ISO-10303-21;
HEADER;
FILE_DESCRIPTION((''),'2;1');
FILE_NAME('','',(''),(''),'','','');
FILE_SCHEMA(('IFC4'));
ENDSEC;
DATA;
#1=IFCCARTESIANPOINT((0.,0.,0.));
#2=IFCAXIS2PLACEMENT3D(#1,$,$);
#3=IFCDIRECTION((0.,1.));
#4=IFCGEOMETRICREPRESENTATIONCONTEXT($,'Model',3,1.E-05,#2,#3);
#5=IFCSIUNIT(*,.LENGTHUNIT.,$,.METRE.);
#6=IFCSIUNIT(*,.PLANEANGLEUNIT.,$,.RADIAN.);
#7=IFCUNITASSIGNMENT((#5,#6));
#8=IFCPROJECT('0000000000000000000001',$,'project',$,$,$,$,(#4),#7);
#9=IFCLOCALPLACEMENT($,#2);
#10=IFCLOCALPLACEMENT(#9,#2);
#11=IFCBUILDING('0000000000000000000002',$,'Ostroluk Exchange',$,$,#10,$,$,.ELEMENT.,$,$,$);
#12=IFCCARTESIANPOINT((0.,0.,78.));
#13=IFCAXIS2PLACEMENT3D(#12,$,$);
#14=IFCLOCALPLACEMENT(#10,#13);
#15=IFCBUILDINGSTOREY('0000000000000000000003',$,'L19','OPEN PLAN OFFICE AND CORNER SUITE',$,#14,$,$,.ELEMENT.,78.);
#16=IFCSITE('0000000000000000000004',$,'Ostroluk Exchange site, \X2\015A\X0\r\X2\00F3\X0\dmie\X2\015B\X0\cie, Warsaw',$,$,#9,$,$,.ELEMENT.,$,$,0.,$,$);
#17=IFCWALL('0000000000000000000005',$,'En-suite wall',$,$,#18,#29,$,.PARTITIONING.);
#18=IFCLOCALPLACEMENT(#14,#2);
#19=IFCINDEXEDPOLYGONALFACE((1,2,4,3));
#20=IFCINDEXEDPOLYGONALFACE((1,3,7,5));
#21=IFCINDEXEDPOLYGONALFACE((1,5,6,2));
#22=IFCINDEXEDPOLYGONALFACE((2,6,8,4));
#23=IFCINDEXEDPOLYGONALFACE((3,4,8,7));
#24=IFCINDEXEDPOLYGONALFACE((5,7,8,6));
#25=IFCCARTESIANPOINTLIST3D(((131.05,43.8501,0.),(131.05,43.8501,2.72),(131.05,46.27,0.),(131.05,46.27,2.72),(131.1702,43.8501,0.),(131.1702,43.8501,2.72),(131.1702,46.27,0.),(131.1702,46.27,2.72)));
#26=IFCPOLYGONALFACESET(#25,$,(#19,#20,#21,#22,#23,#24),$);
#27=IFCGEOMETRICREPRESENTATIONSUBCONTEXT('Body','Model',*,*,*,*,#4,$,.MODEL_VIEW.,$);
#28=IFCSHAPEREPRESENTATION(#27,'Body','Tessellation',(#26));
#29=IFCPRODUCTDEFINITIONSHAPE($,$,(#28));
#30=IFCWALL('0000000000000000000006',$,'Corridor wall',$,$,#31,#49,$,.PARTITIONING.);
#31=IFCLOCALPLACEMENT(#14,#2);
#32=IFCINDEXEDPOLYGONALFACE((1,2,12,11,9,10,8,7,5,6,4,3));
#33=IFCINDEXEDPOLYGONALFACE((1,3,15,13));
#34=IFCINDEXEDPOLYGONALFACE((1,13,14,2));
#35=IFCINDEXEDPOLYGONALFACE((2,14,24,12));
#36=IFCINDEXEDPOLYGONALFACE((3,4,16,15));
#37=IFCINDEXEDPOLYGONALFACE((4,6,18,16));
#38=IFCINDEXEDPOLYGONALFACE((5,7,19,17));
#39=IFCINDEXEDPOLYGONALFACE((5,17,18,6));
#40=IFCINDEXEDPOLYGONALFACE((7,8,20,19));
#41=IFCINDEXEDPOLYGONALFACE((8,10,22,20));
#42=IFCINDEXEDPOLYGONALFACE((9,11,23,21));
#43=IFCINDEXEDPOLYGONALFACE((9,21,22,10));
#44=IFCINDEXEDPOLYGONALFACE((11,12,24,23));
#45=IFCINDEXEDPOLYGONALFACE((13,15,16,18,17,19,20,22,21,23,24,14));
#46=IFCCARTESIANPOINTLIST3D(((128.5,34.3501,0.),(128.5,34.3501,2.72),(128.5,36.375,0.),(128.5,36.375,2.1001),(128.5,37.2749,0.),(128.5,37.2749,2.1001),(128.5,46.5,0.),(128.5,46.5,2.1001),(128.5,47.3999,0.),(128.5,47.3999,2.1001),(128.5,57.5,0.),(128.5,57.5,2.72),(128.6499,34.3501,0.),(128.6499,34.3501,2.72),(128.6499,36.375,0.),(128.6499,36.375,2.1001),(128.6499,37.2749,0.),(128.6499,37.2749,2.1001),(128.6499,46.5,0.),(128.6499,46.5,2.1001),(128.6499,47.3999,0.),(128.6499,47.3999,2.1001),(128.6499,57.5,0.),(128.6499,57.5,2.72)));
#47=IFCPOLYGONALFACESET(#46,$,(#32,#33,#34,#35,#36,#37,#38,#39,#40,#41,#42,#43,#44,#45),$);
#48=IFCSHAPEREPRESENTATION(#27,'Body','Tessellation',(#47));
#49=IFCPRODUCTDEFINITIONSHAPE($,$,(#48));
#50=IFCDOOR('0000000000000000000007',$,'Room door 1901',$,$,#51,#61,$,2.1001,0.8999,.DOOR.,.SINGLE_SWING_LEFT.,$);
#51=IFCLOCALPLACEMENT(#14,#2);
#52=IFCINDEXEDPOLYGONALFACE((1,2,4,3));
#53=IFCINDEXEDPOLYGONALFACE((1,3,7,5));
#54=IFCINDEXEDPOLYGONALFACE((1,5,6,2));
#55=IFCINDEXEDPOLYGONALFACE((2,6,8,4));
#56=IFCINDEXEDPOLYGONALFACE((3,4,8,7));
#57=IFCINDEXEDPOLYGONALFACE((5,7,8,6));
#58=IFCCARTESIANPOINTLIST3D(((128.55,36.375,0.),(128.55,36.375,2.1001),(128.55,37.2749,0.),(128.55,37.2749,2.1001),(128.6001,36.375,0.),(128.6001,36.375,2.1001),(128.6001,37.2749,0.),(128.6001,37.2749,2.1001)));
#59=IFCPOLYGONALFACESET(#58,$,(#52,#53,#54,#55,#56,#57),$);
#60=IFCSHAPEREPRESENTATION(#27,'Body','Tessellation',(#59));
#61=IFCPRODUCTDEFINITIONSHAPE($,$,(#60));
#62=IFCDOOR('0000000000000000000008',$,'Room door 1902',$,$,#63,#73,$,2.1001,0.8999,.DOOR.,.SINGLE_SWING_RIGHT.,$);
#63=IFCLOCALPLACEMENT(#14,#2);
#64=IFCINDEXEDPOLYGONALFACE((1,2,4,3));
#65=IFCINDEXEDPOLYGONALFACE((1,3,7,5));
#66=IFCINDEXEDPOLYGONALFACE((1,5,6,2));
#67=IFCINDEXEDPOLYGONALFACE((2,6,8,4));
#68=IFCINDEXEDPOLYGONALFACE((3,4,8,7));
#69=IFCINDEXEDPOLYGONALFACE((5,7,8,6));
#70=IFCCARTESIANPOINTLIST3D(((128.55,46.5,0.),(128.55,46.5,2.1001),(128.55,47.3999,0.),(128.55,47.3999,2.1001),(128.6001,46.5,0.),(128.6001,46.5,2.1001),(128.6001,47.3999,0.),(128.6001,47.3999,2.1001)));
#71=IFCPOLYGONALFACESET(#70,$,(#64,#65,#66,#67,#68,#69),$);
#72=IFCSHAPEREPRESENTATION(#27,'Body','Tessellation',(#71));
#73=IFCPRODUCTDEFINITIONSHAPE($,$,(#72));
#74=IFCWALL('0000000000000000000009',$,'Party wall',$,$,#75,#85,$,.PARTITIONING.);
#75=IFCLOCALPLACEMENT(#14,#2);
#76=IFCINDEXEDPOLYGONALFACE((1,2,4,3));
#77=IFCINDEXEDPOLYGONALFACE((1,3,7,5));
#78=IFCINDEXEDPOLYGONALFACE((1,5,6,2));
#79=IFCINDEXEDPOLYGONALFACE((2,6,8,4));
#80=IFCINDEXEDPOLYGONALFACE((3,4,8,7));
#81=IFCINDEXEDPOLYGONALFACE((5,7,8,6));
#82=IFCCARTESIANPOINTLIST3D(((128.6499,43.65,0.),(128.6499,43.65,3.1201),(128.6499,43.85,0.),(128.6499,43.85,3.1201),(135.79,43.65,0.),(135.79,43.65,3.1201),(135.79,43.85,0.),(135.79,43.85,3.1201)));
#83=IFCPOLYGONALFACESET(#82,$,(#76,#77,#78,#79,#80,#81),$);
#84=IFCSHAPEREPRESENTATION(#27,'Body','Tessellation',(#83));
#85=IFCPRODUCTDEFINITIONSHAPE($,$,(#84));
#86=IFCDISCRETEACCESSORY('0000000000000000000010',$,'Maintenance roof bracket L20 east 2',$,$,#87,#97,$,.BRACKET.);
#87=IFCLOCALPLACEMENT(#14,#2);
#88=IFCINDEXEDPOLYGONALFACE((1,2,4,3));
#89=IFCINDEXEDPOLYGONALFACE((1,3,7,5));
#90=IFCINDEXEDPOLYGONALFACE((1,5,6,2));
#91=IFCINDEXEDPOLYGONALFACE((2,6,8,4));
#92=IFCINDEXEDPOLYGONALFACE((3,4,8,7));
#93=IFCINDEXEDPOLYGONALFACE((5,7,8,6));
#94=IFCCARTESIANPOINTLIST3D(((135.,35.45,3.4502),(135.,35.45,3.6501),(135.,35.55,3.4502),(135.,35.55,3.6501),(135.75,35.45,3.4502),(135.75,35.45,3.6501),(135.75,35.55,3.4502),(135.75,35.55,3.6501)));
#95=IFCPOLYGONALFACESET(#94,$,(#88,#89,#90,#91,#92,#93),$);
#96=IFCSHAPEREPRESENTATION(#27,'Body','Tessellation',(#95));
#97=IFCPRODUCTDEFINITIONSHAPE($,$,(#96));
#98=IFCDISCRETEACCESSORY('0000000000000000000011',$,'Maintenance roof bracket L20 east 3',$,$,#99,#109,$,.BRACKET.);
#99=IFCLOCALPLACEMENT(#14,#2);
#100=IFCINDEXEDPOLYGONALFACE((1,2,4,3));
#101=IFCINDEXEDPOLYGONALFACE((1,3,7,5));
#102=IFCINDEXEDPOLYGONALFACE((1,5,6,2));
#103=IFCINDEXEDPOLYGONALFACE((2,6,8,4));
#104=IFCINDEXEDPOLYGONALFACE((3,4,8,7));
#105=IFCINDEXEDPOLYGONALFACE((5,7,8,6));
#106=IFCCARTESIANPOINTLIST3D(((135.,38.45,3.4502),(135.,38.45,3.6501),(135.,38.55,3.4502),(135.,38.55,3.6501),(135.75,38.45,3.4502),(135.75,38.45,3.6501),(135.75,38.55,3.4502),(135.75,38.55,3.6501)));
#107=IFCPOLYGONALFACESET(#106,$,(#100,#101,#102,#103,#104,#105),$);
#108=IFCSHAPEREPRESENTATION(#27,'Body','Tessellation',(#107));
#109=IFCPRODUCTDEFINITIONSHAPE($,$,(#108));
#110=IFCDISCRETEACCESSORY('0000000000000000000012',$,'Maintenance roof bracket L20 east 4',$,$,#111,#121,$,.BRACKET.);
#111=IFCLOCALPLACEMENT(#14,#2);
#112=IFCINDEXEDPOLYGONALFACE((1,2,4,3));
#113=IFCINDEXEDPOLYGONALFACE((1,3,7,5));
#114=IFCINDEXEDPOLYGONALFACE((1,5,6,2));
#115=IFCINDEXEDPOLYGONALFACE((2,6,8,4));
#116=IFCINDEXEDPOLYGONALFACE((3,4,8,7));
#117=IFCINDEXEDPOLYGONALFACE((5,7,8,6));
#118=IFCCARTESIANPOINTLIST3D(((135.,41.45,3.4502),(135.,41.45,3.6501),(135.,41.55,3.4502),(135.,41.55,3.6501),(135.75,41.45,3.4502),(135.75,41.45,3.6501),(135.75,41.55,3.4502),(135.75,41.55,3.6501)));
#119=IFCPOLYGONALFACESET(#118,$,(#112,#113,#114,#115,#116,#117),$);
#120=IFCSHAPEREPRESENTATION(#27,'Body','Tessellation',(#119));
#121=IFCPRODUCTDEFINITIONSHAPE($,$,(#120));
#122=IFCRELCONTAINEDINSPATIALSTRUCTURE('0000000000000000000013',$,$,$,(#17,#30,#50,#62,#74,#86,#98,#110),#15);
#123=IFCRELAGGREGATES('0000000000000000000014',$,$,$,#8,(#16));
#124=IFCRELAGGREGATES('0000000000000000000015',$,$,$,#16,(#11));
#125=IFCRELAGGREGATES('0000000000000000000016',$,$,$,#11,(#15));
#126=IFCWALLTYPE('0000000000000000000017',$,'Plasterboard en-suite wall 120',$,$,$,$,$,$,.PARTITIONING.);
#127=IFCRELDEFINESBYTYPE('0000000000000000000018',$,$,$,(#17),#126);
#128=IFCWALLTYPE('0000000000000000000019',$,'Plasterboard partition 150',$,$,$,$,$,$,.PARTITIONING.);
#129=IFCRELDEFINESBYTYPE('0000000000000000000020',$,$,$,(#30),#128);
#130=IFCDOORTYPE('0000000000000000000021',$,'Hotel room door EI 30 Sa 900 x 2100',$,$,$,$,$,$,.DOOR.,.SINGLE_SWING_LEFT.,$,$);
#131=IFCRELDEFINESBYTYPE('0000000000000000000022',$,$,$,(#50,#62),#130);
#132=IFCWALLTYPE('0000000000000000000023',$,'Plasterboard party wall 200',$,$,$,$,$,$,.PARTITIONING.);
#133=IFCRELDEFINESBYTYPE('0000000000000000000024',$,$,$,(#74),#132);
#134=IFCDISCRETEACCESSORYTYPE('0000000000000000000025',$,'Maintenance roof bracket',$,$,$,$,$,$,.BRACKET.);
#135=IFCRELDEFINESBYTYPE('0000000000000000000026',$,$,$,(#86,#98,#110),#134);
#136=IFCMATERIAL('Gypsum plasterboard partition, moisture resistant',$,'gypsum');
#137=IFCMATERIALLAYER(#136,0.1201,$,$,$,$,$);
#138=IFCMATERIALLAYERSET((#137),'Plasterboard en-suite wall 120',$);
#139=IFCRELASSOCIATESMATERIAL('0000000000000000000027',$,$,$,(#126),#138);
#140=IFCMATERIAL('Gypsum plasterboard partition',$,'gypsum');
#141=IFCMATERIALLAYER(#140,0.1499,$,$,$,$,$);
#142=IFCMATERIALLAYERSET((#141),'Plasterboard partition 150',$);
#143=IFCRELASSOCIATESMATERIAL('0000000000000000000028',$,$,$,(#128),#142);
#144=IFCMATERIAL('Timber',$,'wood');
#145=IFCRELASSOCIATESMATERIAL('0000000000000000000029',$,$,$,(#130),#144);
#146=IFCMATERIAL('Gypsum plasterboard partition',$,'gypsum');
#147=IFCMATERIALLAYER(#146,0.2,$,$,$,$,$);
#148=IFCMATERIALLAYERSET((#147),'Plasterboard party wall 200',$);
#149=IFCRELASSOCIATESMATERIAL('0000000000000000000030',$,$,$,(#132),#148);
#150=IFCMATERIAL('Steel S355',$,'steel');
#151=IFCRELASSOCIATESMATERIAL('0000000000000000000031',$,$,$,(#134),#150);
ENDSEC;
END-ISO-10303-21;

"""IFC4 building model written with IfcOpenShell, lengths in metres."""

from ifc_helpers import new_model, si_unit, direction, frame, frame_2d, origin, origin_2d, place, context, subcontext, project, spatial, rectangle, extrude, material, layer, layer_set, type_object, element, fill, save


model = new_model("IFC4")

# Units and contexts
model_context = context("Model", 3, precision=1e-05, world=origin(), true_north=direction((0.0, 1.0)))
body_context = subcontext(model_context, "Body", "Model", "MODEL_VIEW")
ifc_project = project(units=[si_unit("LENGTHUNIT", "METRE"), si_unit("PLANEANGLEUNIT", "RADIAN")], contexts=[model_context])

# Site, building, storey
site_placement = place(None, origin())
site = spatial("IfcSite", under=ifc_project, at=site_placement, Name="Ostroluk Exchange site, Śródmieście, Warsaw", CompositionType="ELEMENT", RefElevation=0.0)
building_placement = place(site_placement, origin())
building = spatial("IfcBuilding", under=site, at=building_placement, Name="Ostroluk Exchange", CompositionType="ELEMENT")
storey_placement = place(building_placement, frame((0.0, 0.0, 78.0)))
storey = spatial("IfcBuildingStorey", under=building, at=storey_placement, Name="L19", Description="OPEN PLAN OFFICE AND CORNER SUITE", CompositionType="ELEMENT", Elevation=78.0)

# Shared definitions
ifc_material_1 = material(Name="Gypsum plasterboard partition, moisture resistant", Category="gypsum")
ifc_layer_1 = layer(ifc_material_1, 0.1201)
ifc_layer_set_1 = layer_set([ifc_layer_1], Name="Plasterboard en-suite wall 120")
wall_type_1 = type_object("IfcWallType", Name="Plasterboard en-suite wall 120", PredefinedType="PARTITIONING", material=ifc_layer_set_1)

# Wall
wall_1_placement = place(storey_placement, frame((131.1101, 43.8501, 0.0), z_axis=(0.0, 0.0, 1.0), x_axis=(0.0, 1.0, 0.0)))
element("IfcWall", 1, at=wall_1_placement, inside=storey, type_object=wall_type_1, Name="En-suite wall", PredefinedType="PARTITIONING", context=body_context, shape_type="SweptSolid", body=[
    extrude(rectangle(XDim=2.4199, YDim=0.1201, at=frame_2d((1.21, 0.0))), origin(), (0.0, 0.0, 1.0), 2.72),
])

# Wall, openings, doors
ifc_material_2 = material(Name="Gypsum plasterboard partition", Category="gypsum")
ifc_layer_2 = layer(ifc_material_2, 0.1499)
ifc_layer_set_2 = layer_set([ifc_layer_2], Name="Plasterboard partition 150")
wall_type_2 = type_object("IfcWallType", Name="Plasterboard partition 150", PredefinedType="PARTITIONING", material=ifc_layer_set_2)
wall_2_placement = place(storey_placement, frame((128.575, 34.3501, 0.0), z_axis=(0.0, 0.0, 1.0), x_axis=(0.0, 1.0, 0.0)))
wall_2 = element("IfcWall", 2, at=wall_2_placement, inside=storey, type_object=wall_type_2, Name="Corridor wall", PredefinedType="PARTITIONING", context=body_context, shape_type="SweptSolid", body=[
    extrude(rectangle(XDim=23.1499, YDim=0.1499, at=frame_2d((11.575, 0.0))), origin(), (0.0, 0.0, 1.0), 2.72),
])
opening_1_placement = place(wall_2_placement, frame((2.0249, 0.0, 0.0)))
opening_1 = element("IfcOpeningElement", 3, at=opening_1_placement, cuts=wall_2, PredefinedType="OPENING", context=body_context, shape_type="SweptSolid", body=[
    extrude(rectangle(XDim=0.8999, YDim=2.1001, at=frame_2d((0.45, 1.05))), frame((0.0, 0.085, 0.0), z_axis=(0.0, -1.0, 0.0), x_axis=(1.0, 0.0, 0.0)), (0.0, 0.0, 1.0), 0.1699),
])
opening_2_placement = place(wall_2_placement, frame((12.1499, 0.0, 0.0)))
opening_2 = element("IfcOpeningElement", 4, at=opening_2_placement, cuts=wall_2, PredefinedType="OPENING", context=body_context, shape_type="SweptSolid", body=[
    extrude(rectangle(XDim=0.8999, YDim=2.1001, at=frame_2d((0.45, 1.05))), frame((0.0, 0.085, 0.0), z_axis=(0.0, -1.0, 0.0), x_axis=(1.0, 0.0, 0.0)), (0.0, 0.0, 1.0), 0.1699),
])
ifc_material_3 = material(Name="Timber", Category="wood")
door_type_1 = type_object("IfcDoorType", Name="Hotel room door EI 30 Sa 900 x 2100", OperationType="SINGLE_SWING_LEFT", PredefinedType="DOOR", material=ifc_material_3)
door_1_placement = place(opening_1_placement, origin())
door_1 = element("IfcDoor", 5, at=door_1_placement, inside=storey, type_object=door_type_1, Name="Room door 1901", OperationType="SINGLE_SWING_LEFT", OverallHeight=2.1001, OverallWidth=0.8999, PredefinedType="DOOR", context=body_context, shape_type="SweptSolid", body=[
    extrude(rectangle(XDim=0.8999, YDim=2.1001, at=frame_2d((0.45, 1.05))), frame((0.0, 0.0249, 0.0), z_axis=(0.0, -1.0, 0.0), x_axis=(1.0, 0.0, 0.0)), (0.0, 0.0, 1.0), 0.05),
])
fill(opening_1, door_1)
door_2_placement = place(opening_2_placement, origin())
door_2 = element("IfcDoor", 6, at=door_2_placement, inside=storey, type_object=door_type_1, Name="Room door 1902", OperationType="SINGLE_SWING_RIGHT", OverallHeight=2.1001, OverallWidth=0.8999, PredefinedType="DOOR", context=body_context, shape_type="SweptSolid", body=[
    extrude(rectangle(XDim=0.8999, YDim=2.1001, at=frame_2d((0.45, 1.05))), frame((0.0, 0.0249, 0.0), z_axis=(0.0, -1.0, 0.0), x_axis=(1.0, 0.0, 0.0)), (0.0, 0.0, 1.0), 0.05),
])
fill(opening_2, door_2)

# Wall
ifc_material_4 = material(Name="Gypsum plasterboard partition", Category="gypsum")
ifc_layer_3 = layer(ifc_material_4, 0.2)
ifc_layer_set_3 = layer_set([ifc_layer_3], Name="Plasterboard party wall 200")
wall_type_3 = type_object("IfcWallType", Name="Plasterboard party wall 200", PredefinedType="PARTITIONING", material=ifc_layer_set_3)
wall_3_placement = place(storey_placement, frame((128.6499, 43.75, 0.0), z_axis=(0.0, 0.0, 1.0), x_axis=(1.0, 0.0, 0.0)))
element("IfcWall", 7, at=wall_3_placement, inside=storey, type_object=wall_type_3, Name="Party wall", PredefinedType="PARTITIONING", context=body_context, shape_type="SweptSolid", body=[
    extrude(rectangle(XDim=7.1401, YDim=0.2, at=frame_2d((3.5701, 0.0))), origin(), (0.0, 0.0, 1.0), 3.1201),
])

# Discrete accessories
ifc_material_5 = material(Name="Steel S355", Category="steel")
discrete_accessory_type = type_object("IfcDiscreteAccessoryType", Name="Maintenance roof bracket", PredefinedType="BRACKET", material=ifc_material_5)
for number, where, z_axis, x_axis, name in (
    (8, (135.375, 35.5, 3.4502), (0.0, 0.0, 1.0), (1.0, 0.0, 0.0), "Maintenance roof bracket L20 east 2"),
    (9, (135.375, 38.5, 3.4502), (0.0, 0.0, 1.0), (1.0, 0.0, 0.0), "Maintenance roof bracket L20 east 3"),
    (10, (135.375, 41.5, 3.4502), (0.0, 0.0, 1.0), (1.0, 0.0, 0.0), "Maintenance roof bracket L20 east 4"),
):
    element("IfcDiscreteAccessory", number, at=place(storey_placement, frame(where, z_axis=z_axis, x_axis=x_axis)), inside=storey, type_object=discrete_accessory_type, Name=name, PredefinedType="BRACKET", context=body_context, shape_type="SweptSolid", body=[
        extrude(rectangle(XDim=0.75, YDim=0.1001, at=origin_2d()), origin(), (0.0, 0.0, 1.0), 0.2),
    ])

save(model, "model.ifc")
